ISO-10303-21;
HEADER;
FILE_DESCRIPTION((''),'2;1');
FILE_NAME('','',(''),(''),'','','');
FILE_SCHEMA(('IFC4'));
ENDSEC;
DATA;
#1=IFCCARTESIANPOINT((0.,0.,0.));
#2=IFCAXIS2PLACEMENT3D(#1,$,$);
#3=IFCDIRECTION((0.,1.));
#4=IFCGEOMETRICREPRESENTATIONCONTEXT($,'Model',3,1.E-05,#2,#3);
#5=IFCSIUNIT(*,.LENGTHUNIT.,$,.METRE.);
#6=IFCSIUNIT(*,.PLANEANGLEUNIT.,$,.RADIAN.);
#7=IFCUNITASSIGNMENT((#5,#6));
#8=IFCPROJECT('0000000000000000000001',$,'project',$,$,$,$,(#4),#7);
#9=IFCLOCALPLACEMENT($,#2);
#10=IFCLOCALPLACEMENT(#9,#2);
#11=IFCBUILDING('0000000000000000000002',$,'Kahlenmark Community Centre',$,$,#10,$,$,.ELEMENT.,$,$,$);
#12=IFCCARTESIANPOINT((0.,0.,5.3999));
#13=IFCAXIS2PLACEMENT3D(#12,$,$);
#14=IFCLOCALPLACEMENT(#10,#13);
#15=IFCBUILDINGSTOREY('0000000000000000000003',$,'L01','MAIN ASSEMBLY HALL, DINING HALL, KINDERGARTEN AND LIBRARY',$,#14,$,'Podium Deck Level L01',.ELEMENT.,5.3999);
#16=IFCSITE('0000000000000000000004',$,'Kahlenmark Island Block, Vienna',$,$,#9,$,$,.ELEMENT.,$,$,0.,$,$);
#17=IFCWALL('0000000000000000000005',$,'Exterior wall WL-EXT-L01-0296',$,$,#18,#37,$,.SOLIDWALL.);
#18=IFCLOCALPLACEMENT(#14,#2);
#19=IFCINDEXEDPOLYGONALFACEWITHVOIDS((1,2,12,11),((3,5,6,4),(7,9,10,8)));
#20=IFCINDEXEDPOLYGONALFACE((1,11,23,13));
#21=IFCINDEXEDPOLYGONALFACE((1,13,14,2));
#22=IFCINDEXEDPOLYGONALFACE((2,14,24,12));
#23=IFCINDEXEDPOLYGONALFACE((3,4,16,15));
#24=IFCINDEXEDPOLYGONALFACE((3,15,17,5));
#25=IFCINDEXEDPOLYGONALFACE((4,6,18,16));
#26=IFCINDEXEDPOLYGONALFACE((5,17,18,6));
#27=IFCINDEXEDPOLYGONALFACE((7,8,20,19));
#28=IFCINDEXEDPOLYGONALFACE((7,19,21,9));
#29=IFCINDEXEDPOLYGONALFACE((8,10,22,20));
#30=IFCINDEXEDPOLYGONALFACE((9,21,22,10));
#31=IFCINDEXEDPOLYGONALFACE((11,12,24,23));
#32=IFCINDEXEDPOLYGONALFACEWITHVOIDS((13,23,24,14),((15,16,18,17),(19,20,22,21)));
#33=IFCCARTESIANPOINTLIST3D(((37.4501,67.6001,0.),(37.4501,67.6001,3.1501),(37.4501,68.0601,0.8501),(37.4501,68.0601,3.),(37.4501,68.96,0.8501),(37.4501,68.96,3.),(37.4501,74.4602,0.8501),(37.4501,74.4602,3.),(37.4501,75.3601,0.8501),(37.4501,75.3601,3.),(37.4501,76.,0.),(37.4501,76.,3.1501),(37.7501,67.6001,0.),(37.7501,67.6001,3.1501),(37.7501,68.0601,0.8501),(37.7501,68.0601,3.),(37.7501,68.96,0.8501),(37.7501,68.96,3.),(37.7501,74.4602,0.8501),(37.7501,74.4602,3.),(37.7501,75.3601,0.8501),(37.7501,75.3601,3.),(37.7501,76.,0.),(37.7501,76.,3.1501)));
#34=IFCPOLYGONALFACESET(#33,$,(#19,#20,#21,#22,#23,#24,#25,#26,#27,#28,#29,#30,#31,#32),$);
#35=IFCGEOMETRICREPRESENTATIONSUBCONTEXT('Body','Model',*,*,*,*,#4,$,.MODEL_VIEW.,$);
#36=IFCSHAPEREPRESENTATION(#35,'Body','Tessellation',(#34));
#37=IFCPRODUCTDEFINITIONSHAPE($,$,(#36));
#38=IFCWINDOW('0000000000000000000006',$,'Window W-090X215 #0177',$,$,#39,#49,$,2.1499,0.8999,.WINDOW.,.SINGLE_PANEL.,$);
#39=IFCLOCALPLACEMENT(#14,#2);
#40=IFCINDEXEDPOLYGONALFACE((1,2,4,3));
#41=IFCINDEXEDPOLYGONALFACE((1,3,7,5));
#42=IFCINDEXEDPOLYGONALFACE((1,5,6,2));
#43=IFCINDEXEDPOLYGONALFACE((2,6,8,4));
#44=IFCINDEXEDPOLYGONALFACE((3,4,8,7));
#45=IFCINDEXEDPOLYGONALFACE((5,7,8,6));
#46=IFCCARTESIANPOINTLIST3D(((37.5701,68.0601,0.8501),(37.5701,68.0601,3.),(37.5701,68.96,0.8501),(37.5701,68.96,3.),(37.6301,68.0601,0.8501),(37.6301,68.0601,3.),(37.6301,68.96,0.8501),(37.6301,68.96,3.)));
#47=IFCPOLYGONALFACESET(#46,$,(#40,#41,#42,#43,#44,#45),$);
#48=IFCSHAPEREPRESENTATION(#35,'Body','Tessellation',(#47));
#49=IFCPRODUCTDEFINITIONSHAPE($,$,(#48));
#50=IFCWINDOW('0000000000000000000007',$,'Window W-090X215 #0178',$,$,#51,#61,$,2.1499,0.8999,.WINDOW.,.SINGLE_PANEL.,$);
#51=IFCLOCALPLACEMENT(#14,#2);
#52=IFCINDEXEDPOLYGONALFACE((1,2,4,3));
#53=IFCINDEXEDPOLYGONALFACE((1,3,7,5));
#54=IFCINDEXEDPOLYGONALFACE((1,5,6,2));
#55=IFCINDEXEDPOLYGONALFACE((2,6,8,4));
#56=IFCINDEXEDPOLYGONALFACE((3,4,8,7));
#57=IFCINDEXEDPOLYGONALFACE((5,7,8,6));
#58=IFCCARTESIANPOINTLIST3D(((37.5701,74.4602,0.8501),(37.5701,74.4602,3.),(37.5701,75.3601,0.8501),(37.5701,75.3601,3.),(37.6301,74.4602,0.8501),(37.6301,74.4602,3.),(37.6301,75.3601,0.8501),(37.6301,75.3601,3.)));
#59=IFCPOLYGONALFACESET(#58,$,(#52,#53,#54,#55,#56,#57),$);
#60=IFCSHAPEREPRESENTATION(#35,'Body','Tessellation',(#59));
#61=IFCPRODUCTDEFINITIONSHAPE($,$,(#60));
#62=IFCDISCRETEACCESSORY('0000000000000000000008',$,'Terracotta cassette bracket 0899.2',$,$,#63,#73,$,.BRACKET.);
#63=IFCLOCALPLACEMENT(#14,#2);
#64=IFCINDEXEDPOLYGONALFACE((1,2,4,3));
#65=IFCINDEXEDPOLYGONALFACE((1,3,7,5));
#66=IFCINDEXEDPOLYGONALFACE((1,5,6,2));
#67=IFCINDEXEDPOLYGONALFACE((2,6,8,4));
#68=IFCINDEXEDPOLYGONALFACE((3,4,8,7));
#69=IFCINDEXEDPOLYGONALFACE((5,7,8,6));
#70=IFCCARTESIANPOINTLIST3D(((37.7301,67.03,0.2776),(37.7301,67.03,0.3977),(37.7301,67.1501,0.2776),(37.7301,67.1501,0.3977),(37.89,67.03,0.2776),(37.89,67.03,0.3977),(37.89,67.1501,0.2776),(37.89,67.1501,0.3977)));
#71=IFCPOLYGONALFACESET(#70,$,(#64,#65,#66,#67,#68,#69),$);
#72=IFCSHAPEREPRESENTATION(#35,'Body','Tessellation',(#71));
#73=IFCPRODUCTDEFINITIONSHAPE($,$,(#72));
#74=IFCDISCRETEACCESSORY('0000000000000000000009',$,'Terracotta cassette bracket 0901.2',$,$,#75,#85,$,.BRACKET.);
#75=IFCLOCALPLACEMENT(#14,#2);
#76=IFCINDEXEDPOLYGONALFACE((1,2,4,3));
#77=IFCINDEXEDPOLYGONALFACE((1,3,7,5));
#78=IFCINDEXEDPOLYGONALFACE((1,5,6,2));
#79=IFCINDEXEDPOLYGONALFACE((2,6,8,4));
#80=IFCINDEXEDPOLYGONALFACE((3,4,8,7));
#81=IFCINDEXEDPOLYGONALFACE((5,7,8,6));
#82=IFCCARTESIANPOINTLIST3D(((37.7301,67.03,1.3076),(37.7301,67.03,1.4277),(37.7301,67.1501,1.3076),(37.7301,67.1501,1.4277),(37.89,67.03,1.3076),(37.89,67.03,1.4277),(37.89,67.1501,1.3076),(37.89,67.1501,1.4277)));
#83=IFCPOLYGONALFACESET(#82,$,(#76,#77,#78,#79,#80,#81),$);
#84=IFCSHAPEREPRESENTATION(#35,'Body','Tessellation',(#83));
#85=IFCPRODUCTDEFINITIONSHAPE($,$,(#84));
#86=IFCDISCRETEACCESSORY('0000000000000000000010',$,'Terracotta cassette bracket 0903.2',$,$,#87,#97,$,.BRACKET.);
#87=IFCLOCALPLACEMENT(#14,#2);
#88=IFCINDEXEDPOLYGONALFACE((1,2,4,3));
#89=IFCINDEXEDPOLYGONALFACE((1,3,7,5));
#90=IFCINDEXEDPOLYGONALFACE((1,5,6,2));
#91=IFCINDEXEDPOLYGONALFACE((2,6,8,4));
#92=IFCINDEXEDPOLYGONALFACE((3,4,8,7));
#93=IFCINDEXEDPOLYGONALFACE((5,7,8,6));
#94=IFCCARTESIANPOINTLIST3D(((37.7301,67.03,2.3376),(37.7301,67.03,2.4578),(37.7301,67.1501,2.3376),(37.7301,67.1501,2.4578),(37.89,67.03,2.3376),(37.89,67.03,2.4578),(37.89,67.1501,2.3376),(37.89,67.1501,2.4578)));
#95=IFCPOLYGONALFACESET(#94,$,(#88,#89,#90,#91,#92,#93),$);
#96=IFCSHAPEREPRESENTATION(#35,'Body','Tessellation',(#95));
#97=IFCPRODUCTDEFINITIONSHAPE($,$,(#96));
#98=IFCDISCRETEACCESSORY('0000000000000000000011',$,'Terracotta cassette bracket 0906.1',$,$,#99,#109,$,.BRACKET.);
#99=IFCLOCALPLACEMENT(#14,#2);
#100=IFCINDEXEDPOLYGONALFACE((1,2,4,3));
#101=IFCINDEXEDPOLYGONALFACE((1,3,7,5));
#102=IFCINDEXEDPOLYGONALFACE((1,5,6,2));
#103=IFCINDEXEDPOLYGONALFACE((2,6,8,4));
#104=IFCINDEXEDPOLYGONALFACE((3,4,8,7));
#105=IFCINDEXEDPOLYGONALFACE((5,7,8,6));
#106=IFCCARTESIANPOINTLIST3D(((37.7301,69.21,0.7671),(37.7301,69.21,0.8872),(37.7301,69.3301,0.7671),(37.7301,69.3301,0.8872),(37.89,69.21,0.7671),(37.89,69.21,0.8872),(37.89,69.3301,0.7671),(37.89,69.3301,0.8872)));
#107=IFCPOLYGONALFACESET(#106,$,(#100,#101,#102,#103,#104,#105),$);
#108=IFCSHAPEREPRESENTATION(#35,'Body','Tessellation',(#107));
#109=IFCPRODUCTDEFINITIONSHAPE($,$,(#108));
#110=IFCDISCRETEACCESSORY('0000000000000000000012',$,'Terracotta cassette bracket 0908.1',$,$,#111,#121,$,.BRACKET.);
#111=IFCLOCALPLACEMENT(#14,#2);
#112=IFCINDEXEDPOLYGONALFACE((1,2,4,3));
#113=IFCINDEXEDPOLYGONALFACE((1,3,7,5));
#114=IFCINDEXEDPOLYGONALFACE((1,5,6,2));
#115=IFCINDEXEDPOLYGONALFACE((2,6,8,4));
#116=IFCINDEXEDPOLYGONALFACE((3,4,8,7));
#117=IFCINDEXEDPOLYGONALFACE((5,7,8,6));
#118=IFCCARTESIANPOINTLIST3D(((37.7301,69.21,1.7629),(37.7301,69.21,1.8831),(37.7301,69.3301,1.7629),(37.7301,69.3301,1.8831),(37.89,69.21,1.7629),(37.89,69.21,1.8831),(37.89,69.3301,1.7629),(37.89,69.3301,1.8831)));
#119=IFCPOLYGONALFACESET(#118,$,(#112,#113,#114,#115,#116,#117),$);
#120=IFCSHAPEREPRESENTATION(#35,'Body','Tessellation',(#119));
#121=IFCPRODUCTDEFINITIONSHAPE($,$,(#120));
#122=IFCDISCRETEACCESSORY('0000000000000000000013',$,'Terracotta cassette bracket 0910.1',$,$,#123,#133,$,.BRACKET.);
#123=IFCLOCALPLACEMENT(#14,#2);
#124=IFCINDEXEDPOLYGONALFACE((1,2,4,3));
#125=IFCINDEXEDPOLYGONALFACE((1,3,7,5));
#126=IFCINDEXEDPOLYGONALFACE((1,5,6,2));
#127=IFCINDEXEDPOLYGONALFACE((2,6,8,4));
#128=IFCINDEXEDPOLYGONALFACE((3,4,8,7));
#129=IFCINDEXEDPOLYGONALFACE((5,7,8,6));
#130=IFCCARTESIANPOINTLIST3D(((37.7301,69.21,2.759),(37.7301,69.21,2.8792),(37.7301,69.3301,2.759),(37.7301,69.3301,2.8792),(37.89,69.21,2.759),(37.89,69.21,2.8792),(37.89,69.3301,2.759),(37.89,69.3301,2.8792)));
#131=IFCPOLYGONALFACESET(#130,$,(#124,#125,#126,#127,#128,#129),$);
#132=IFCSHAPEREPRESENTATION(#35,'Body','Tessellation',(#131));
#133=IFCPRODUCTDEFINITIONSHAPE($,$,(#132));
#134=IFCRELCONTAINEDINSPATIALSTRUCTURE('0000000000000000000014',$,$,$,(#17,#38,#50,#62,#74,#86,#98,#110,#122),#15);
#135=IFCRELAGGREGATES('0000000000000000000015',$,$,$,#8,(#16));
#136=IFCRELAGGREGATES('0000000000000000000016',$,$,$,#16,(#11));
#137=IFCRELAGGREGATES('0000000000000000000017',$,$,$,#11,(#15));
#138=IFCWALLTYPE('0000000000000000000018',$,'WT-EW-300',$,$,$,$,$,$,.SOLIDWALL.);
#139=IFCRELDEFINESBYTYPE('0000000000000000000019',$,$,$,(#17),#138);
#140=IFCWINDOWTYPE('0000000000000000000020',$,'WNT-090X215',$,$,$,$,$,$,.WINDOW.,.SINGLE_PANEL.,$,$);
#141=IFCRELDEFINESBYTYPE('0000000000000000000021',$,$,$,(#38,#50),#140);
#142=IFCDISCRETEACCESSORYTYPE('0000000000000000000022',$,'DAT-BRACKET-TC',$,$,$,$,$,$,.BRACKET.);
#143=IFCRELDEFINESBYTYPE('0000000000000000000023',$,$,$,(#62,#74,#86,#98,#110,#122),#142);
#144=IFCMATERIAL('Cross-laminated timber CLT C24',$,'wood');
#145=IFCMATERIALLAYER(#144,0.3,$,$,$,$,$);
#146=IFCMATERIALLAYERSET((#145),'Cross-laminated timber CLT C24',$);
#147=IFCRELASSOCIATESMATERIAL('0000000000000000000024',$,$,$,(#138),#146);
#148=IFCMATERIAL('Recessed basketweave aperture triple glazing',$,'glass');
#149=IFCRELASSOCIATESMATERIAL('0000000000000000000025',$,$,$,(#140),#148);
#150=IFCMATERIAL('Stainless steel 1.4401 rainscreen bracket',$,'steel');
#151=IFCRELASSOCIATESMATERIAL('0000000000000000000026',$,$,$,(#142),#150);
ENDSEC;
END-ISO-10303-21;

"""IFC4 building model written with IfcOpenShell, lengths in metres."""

from ifc_helpers import new_model, si_unit, direction, frame, frame_2d, origin, origin_2d, place, context, subcontext, project, spatial, rectangle, extrude, material, layer, layer_set, type_object, element, fill, save


model = new_model("IFC4")

# Units and contexts
model_context = context("Model", 3, precision=1e-05, world=origin(), true_north=direction((0.0, 1.0)))
body_context = subcontext(model_context, "Body", "Model", "MODEL_VIEW")
ifc_project = project(units=[si_unit("LENGTHUNIT", "METRE"), si_unit("PLANEANGLEUNIT", "RADIAN")], contexts=[model_context])

# Site, building, storey
site_placement = place(None, origin())
site = spatial("IfcSite", under=ifc_project, at=site_placement, Name="Kahlenmark Island Block, Vienna", CompositionType="ELEMENT", RefElevation=0.0)
building_placement = place(site_placement, origin())
building = spatial("IfcBuilding", under=site, at=building_placement, Name="Kahlenmark Community Centre", CompositionType="ELEMENT")
storey_placement = place(building_placement, frame((0.0, 0.0, 5.3999)))
storey = spatial("IfcBuildingStorey", under=building, at=storey_placement, Name="L01", Description="MAIN ASSEMBLY HALL, DINING HALL, KINDERGARTEN AND LIBRARY", LongName="Podium Deck Level L01", CompositionType="ELEMENT", Elevation=5.3999)

# Wall, openings, windows
ifc_material_1 = material(Name="Cross-laminated timber CLT C24", Category="wood")
ifc_layer_1 = layer(ifc_material_1, 0.3)
ifc_layer_set_1 = layer_set([ifc_layer_1], Name="Cross-laminated timber CLT C24")
wall_type = type_object("IfcWallType", Name="WT-EW-300", PredefinedType="SOLIDWALL", material=ifc_layer_set_1)
wall_placement = place(storey_placement, frame((37.6001, 67.6001, 0.0), z_axis=(0.0, 0.0, 1.0), x_axis=(0.0, 1.0, 0.0)))
wall = element("IfcWall", 1, at=wall_placement, inside=storey, type_object=wall_type, Name="Exterior wall WL-EXT-L01-0296", PredefinedType="SOLIDWALL", context=body_context, shape_type="SweptSolid", body=[
    extrude(rectangle(XDim=8.3999, YDim=0.3, at=frame_2d((4.2, 0.0))), origin(), (0.0, 0.0, 1.0), 3.1501),
])
opening_1_placement = place(wall_placement, frame((0.46, 0.0, 0.8501)))
opening_1 = element("IfcOpeningElement", 2, at=opening_1_placement, cuts=wall, PredefinedType="OPENING", context=body_context, shape_type="SweptSolid", body=[
    extrude(rectangle(XDim=0.8999, YDim=2.1499, at=frame_2d((0.45, 1.075))), frame((0.0, 0.1599, 0.0), z_axis=(0.0, -1.0, 0.0), x_axis=(1.0, 0.0, 0.0)), (0.0, 0.0, 1.0), 0.3201),
])
opening_2_placement = place(wall_placement, frame((6.8601, 0.0, 0.8501)))
opening_2 = element("IfcOpeningElement", 3, at=opening_2_placement, cuts=wall, PredefinedType="OPENING", context=body_context, shape_type="SweptSolid", body=[
    extrude(rectangle(XDim=0.8999, YDim=2.1499, at=frame_2d((0.45, 1.075))), frame((0.0, 0.1599, 0.0), z_axis=(0.0, -1.0, 0.0), x_axis=(1.0, 0.0, 0.0)), (0.0, 0.0, 1.0), 0.3201),
])
ifc_material_2 = material(Name="Recessed basketweave aperture triple glazing", Category="glass")
window_type = type_object("IfcWindowType", Name="WNT-090X215", PartitioningType="SINGLE_PANEL", PredefinedType="WINDOW", material=ifc_material_2)
window_1_placement = place(opening_1_placement, origin())
window_1 = element("IfcWindow", 4, at=window_1_placement, inside=storey, type_object=window_type, Name="Window W-090X215 #0177", OverallHeight=2.1499, OverallWidth=0.8999, PartitioningType="SINGLE_PANEL", PredefinedType="WINDOW", context=body_context, shape_type="SweptSolid", body=[
    extrude(rectangle(XDim=0.8999, YDim=2.1499, at=frame_2d((0.45, 1.075))), frame((0.0, 0.03, 0.0), z_axis=(0.0, -1.0, 0.0), x_axis=(1.0, 0.0, 0.0)), (0.0, 0.0, 1.0), 0.0601),
])
fill(opening_1, window_1)
window_2_placement = place(opening_2_placement, origin())
window_2 = element("IfcWindow", 5, at=window_2_placement, inside=storey, type_object=window_type, Name="Window W-090X215 #0178", OverallHeight=2.1499, OverallWidth=0.8999, PartitioningType="SINGLE_PANEL", PredefinedType="WINDOW", context=body_context, shape_type="SweptSolid", body=[
    extrude(rectangle(XDim=0.8999, YDim=2.1499, at=frame_2d((0.45, 1.075))), frame((0.0, 0.03, 0.0), z_axis=(0.0, -1.0, 0.0), x_axis=(1.0, 0.0, 0.0)), (0.0, 0.0, 1.0), 0.0601),
])
fill(opening_2, window_2)

# Discrete accessories
ifc_material_3 = material(Name="Stainless steel 1.4401 rainscreen bracket", Category="steel")
discrete_accessory_type = type_object("IfcDiscreteAccessoryType", Name="DAT-BRACKET-TC", PredefinedType="BRACKET", material=ifc_material_3)
for number, where, z_axis, x_axis, name in (
    (6, (37.8101, 67.0901, 0.2776), (0.0, 0.0, 1.0), (0.0, 1.0, 0.0), "Terracotta cassette bracket 0899.2"),
    (7, (37.8101, 67.0901, 1.3076), (0.0, 0.0, 1.0), (0.0, 1.0, 0.0), "Terracotta cassette bracket 0901.2"),
    (8, (37.8101, 67.0901, 2.3376), (0.0, 0.0, 1.0), (0.0, 1.0, 0.0), "Terracotta cassette bracket 0903.2"),
    (9, (37.8101, 69.27, 0.7671), (0.0, 0.0, 1.0), (0.0, 1.0, 0.0), "Terracotta cassette bracket 0906.1"),
    (10, (37.8101, 69.27, 1.7629), (0.0, 0.0, 1.0), (0.0, 1.0, 0.0), "Terracotta cassette bracket 0908.1"),
    (11, (37.8101, 69.27, 2.759), (0.0, 0.0, 1.0), (0.0, 1.0, 0.0), "Terracotta cassette bracket 0910.1"),
):
    element("IfcDiscreteAccessory", number, at=place(storey_placement, frame(where, z_axis=z_axis, x_axis=x_axis)), inside=storey, type_object=discrete_accessory_type, Name=name, PredefinedType="BRACKET", context=body_context, shape_type="SweptSolid", body=[
        extrude(rectangle(XDim=0.1201, YDim=0.1599, at=origin_2d()), origin(), (0.0, 0.0, 1.0), 0.1201),
    ])

save(model, "model.ifc")
